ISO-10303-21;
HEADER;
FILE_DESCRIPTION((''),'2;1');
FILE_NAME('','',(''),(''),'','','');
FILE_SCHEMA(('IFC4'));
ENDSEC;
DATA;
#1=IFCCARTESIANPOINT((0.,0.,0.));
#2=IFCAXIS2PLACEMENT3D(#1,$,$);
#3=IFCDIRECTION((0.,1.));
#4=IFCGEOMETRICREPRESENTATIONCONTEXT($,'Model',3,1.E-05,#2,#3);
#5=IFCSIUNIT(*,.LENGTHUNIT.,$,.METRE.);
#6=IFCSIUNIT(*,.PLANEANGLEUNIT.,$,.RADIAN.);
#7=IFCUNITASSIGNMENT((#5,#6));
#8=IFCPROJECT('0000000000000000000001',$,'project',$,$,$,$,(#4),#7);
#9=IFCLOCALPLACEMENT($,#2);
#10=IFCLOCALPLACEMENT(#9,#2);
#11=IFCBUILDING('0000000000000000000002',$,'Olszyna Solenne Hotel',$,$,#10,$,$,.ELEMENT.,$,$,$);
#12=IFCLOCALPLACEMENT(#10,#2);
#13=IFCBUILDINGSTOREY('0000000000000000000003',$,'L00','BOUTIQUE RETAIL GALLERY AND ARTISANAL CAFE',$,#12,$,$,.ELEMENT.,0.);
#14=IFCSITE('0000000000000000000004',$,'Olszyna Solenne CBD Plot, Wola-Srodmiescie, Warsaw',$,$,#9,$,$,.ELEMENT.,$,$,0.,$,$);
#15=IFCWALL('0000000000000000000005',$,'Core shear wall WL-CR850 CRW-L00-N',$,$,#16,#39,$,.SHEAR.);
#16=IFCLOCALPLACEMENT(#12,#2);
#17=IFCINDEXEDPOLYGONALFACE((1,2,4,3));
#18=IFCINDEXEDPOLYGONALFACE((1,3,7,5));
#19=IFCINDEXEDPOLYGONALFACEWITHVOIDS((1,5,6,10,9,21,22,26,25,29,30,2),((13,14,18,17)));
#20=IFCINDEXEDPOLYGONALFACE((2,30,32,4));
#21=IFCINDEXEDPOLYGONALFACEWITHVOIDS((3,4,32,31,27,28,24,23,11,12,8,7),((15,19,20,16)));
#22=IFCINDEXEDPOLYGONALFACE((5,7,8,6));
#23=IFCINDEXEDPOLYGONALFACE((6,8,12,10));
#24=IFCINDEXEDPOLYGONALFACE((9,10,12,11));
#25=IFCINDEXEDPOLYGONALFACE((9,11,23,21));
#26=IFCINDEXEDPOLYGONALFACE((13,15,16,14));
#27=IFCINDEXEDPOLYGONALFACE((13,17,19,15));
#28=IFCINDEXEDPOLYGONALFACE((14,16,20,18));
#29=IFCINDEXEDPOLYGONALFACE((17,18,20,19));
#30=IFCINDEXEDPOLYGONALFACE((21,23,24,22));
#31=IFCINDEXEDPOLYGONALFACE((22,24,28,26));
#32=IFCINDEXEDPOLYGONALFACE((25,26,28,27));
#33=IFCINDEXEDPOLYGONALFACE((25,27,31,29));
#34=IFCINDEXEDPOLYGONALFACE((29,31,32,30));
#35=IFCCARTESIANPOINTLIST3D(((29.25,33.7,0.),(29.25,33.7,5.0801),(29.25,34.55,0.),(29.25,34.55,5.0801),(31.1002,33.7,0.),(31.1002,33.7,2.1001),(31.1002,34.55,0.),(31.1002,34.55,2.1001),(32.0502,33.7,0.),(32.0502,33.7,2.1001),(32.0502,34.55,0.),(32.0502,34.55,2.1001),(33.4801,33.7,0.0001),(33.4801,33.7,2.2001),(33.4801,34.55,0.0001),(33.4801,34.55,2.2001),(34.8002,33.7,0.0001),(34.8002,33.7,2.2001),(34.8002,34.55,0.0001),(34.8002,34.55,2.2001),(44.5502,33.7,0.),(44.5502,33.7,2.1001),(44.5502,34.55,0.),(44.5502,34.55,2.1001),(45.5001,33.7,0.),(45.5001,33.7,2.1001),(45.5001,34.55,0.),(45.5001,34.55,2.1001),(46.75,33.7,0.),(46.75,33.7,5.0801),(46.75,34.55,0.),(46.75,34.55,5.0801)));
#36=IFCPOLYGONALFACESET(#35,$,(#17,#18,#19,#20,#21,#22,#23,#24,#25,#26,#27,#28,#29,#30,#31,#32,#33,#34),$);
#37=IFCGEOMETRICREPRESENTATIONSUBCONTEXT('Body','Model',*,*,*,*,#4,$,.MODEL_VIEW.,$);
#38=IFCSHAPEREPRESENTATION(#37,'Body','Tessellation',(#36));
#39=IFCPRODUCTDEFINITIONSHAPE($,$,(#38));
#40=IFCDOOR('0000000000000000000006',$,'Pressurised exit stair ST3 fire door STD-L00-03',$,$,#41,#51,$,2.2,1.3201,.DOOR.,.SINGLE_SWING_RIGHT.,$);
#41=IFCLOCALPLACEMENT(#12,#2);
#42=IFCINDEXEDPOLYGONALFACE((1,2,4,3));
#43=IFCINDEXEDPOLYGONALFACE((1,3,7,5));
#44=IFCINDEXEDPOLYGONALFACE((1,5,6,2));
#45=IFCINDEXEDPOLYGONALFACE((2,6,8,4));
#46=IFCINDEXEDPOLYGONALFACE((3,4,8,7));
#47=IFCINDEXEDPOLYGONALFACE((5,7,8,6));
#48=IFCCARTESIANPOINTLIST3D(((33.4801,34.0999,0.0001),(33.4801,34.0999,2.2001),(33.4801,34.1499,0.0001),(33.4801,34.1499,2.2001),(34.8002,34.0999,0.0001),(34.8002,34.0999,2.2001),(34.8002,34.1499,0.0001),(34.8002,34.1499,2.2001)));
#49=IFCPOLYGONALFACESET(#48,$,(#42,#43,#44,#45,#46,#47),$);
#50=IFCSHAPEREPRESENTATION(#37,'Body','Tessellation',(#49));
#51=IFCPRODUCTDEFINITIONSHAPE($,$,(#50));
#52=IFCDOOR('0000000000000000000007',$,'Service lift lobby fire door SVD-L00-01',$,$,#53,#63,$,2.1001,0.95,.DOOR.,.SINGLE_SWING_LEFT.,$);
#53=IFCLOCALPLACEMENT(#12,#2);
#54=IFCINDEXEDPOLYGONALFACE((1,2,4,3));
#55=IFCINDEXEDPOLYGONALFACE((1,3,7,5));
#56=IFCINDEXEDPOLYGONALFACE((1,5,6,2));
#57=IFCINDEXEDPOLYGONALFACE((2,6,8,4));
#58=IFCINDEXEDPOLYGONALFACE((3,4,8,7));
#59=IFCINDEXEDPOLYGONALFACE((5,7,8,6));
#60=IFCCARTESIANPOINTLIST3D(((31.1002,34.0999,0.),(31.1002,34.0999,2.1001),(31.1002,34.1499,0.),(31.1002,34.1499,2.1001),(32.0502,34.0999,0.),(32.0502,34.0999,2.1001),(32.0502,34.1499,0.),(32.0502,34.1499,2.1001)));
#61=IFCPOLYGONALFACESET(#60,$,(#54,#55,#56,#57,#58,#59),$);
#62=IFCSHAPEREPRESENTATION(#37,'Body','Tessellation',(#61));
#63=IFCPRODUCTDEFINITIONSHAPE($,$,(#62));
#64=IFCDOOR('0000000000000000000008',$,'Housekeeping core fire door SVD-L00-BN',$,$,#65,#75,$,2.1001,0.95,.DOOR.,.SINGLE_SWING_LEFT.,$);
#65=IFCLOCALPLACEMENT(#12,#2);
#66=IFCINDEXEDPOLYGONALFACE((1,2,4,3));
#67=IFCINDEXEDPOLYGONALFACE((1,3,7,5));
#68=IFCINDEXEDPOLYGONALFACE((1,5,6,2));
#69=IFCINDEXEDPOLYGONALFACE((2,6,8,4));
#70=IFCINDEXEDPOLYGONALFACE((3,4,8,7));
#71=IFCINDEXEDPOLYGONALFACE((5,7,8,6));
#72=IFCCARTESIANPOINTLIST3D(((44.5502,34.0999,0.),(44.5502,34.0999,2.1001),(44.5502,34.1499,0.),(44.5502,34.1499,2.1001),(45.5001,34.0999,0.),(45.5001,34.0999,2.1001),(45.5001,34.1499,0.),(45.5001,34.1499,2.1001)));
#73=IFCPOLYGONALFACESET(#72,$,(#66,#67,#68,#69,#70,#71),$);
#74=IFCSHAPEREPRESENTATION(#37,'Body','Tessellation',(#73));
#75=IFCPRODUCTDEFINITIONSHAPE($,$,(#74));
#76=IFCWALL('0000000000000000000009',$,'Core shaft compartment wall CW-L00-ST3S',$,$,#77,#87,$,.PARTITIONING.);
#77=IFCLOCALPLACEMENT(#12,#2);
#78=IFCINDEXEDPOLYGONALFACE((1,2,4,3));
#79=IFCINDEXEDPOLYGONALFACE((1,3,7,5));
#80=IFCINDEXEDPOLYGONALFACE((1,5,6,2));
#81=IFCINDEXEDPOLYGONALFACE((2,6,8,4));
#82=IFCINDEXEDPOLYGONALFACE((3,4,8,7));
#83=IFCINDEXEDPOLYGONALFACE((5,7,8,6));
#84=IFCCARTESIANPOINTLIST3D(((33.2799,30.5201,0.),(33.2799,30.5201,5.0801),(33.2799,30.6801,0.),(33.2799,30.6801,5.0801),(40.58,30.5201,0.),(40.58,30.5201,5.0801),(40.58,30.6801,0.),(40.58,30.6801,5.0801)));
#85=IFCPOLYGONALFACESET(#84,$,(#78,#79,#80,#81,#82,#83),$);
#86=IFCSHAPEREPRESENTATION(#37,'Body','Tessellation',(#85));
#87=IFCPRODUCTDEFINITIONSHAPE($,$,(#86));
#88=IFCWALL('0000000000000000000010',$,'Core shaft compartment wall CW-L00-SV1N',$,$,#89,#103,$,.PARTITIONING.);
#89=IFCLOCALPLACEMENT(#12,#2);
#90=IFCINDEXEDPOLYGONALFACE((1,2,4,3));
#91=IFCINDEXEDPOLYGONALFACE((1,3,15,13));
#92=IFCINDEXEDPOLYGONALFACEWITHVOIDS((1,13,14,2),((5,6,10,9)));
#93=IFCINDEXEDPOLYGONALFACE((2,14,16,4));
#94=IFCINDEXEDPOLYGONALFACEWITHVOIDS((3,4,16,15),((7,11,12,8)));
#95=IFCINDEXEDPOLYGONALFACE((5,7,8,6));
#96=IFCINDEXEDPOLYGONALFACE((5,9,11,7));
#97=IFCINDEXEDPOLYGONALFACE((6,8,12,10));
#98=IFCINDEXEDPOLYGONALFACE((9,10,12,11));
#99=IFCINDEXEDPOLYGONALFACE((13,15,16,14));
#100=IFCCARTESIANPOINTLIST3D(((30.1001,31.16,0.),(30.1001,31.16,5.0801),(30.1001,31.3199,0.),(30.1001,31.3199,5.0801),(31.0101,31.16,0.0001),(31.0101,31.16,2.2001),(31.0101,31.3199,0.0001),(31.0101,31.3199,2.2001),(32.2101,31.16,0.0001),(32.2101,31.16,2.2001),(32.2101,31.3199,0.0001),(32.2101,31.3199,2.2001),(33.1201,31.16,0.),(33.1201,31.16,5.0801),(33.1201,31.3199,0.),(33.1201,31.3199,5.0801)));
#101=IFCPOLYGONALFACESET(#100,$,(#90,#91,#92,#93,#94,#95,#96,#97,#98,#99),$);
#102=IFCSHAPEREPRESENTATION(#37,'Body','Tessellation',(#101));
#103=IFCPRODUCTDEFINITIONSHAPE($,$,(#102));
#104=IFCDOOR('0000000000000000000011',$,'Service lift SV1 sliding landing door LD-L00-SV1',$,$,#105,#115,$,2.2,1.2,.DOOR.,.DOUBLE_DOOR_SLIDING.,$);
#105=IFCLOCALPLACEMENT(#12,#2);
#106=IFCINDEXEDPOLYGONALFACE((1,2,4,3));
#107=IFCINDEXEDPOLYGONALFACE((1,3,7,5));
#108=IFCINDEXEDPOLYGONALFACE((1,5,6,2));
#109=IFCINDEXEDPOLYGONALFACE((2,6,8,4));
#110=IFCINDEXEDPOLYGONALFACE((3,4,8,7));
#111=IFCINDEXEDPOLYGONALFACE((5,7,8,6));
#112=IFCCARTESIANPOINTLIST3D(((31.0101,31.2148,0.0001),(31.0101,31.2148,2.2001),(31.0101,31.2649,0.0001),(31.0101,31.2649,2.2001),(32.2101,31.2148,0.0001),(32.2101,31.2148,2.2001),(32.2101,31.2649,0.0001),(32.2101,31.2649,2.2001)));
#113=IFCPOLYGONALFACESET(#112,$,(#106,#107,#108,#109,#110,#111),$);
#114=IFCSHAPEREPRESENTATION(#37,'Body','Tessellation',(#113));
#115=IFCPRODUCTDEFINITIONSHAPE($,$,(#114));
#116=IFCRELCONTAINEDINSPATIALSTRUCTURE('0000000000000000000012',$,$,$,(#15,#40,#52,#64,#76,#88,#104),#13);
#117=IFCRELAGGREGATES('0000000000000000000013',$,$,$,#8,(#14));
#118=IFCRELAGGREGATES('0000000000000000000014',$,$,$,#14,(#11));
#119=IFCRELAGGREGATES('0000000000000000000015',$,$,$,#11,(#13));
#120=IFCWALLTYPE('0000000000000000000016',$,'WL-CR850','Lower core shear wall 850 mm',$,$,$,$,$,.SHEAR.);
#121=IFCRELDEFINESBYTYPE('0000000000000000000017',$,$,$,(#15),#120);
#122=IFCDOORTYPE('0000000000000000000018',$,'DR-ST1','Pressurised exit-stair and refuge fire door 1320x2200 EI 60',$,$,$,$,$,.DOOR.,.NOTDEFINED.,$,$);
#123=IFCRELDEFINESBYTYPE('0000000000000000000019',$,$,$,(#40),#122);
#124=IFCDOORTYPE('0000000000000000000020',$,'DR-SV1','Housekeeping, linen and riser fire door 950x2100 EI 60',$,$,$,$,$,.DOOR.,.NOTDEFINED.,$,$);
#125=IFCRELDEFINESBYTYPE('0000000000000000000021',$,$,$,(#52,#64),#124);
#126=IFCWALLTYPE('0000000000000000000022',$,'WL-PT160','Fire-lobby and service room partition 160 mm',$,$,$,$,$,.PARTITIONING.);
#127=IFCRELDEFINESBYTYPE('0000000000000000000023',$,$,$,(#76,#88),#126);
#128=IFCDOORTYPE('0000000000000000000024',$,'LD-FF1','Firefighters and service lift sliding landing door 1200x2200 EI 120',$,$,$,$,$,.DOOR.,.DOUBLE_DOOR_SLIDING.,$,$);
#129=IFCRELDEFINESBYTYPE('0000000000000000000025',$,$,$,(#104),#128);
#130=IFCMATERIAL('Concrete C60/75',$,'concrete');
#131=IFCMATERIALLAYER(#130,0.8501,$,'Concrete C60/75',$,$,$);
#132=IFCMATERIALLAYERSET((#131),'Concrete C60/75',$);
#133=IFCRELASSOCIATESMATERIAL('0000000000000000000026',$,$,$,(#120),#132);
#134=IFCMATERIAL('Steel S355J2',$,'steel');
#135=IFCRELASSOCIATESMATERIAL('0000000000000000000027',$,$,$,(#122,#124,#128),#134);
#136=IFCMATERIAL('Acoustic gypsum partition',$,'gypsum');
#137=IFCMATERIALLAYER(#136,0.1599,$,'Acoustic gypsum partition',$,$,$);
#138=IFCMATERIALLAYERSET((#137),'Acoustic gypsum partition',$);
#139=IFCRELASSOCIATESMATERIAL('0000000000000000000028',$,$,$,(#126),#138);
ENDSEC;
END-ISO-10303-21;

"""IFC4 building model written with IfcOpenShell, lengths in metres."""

from ifc_helpers import new_model, si_unit, direction, frame, frame_2d, origin, place, context, subcontext, project, spatial, rectangle, extrude, source, transform, mapped, material, layer, layer_set, type_object, type_shapes, element, fill, save


model = new_model("IFC4")

# Units and contexts
model_context = context("Model", 3, precision=1e-05, world=origin(), true_north=direction((0.0, 1.0)))
body_context = subcontext(model_context, "Body", "Model", "MODEL_VIEW")
ifc_project = project(units=[si_unit("LENGTHUNIT", "METRE"), si_unit("PLANEANGLEUNIT", "RADIAN")], contexts=[model_context])

# Site, building, storey
site_placement = place(None, origin())
site = spatial("IfcSite", under=ifc_project, at=site_placement, Name="Olszyna Solenne CBD Plot, Wola-Srodmiescie, Warsaw", CompositionType="ELEMENT", RefElevation=0.0)
building_placement = place(site_placement, origin())
building = spatial("IfcBuilding", under=site, at=building_placement, Name="Olszyna Solenne Hotel", CompositionType="ELEMENT")
storey_placement = place(building_placement, origin())
storey = spatial("IfcBuildingStorey", under=building, at=storey_placement, Name="L00", Description="BOUTIQUE RETAIL GALLERY AND ARTISANAL CAFE", CompositionType="ELEMENT", Elevation=0.0)

# Shared definitions
ifc_material_1 = material(Name="Concrete C60/75", Category="concrete")

# Shared definitions
ifc_material_2 = material(Name="Steel S355J2", Category="steel")

# Wall, openings, doors
ifc_layer_1 = layer(ifc_material_1, 0.8501, Name="Concrete C60/75")
ifc_layer_set_1 = layer_set([ifc_layer_1], Name="Concrete C60/75")
wall_type_1 = type_object("IfcWallType", Name="WL-CR850", Description="Lower core shear wall 850 mm", PredefinedType="SHEAR", material=ifc_layer_set_1)
wall_1_placement = place(storey_placement, frame((29.25, 34.125, 0.0), z_axis=(0.0, 0.0, 1.0), x_axis=(1.0, 0.0, 0.0)))
wall_1 = element("IfcWall", 1, at=wall_1_placement, inside=storey, type_object=wall_type_1, Name="Core shear wall WL-CR850 CRW-L00-N", PredefinedType="SHEAR", context=body_context, shape_type="SweptSolid", body=[
    extrude(rectangle(XDim=17.5, YDim=0.8501, at=frame_2d((8.75, 0.0))), origin(), (0.0, 0.0, 1.0), 5.0801),
])
opening_1_placement = place(wall_1_placement, frame((1.8501, 0.0, 0.0)))
opening_1 = element("IfcOpeningElement", 2, at=opening_1_placement, cuts=wall_1, PredefinedType="OPENING", context=body_context, shape_type="SweptSolid", body=[
    extrude(rectangle(XDim=0.95, YDim=2.1001, at=frame_2d((0.4751, 1.05))), frame((0.0, 0.4351, 0.0), z_axis=(0.0, -1.0, 0.0), x_axis=(1.0, 0.0, 0.0)), (0.0, 0.0, 1.0), 0.8701),
])
opening_2_placement = place(wall_1_placement, frame((4.23, 0.0, 0.0)))
opening_2 = element("IfcOpeningElement", 3, at=opening_2_placement, cuts=wall_1, PredefinedType="OPENING", context=body_context, shape_type="SweptSolid", body=[
    extrude(rectangle(XDim=1.3201, YDim=2.2, at=frame_2d((0.6602, 1.1001))), frame((0.0, 0.4351, 0.0), z_axis=(0.0, -1.0, 0.0), x_axis=(1.0, 0.0, 0.0)), (0.0, 0.0, 1.0), 0.8701),
])
opening_3_placement = place(wall_1_placement, frame((15.3, 0.0, 0.0)))
opening_3 = element("IfcOpeningElement", 4, at=opening_3_placement, cuts=wall_1, PredefinedType="OPENING", context=body_context, shape_type="SweptSolid", body=[
    extrude(rectangle(XDim=0.95, YDim=2.1001, at=frame_2d((0.4751, 1.05))), frame((0.0, 0.4351, 0.0), z_axis=(0.0, -1.0, 0.0), x_axis=(1.0, 0.0, 0.0)), (0.0, 0.0, 1.0), 0.8701),
])
door_type_1 = type_object("IfcDoorType", Name="DR-ST1", Description="Pressurised exit-stair and refuge fire door 1320x2200 EI 60", OperationType="NOTDEFINED", PredefinedType="DOOR", material=ifc_material_2)
shared_shape_1 = source(origin(), body_context, "Body", "SweptSolid", [
    extrude(rectangle(XDim=1.3201, YDim=2.2, at=frame_2d((0.6602, 1.1001))), frame((0.0, 0.0249, 0.0), z_axis=(0.0, -1.0, 0.0), x_axis=(1.0, 0.0, 0.0)), (0.0, 0.0, 1.0), 0.05),
])
type_shapes(door_type_1, [shared_shape_1])
door_1_placement = place(opening_2_placement, origin())
door_1 = element("IfcDoor", 5, at=door_1_placement, inside=storey, type_object=door_type_1, Name="Pressurised exit stair ST3 fire door STD-L00-03", OperationType="SINGLE_SWING_RIGHT", OverallHeight=2.2, OverallWidth=1.3201, PredefinedType="DOOR", context=body_context, shape_type="MappedRepresentation", body=[
    mapped(shared_shape_1, transform((0.0, 0.0, 0.0), x_axis=(1.0, 0.0, 0.0), y_axis=(0.0, 1.0, 0.0), z_axis=(0.0, 0.0, 1.0), scale=1.0)),
])
fill(opening_2, door_1)
door_type_2 = type_object("IfcDoorType", Name="DR-SV1", Description="Housekeeping, linen and riser fire door 950x2100 EI 60", OperationType="NOTDEFINED", PredefinedType="DOOR", material=ifc_material_2)
shared_shape_2 = source(origin(), body_context, "Body", "SweptSolid", [
    extrude(rectangle(XDim=0.95, YDim=2.1001, at=frame_2d((0.4751, 1.05))), frame((0.0, 0.0249, 0.0), z_axis=(0.0, -1.0, 0.0), x_axis=(1.0, 0.0, 0.0)), (0.0, 0.0, 1.0), 0.05),
])
type_shapes(door_type_2, [shared_shape_2])
door_2_placement = place(opening_1_placement, origin())
door_2 = element("IfcDoor", 6, at=door_2_placement, inside=storey, type_object=door_type_2, Name="Service lift lobby fire door SVD-L00-01", OperationType="SINGLE_SWING_LEFT", OverallHeight=2.1001, OverallWidth=0.95, PredefinedType="DOOR", context=body_context, shape_type="MappedRepresentation", body=[
    mapped(shared_shape_2, transform((0.0, 0.0, 0.0), x_axis=(1.0, 0.0, 0.0), y_axis=(0.0, 1.0, 0.0), z_axis=(0.0, 0.0, 1.0), scale=1.0)),
])
fill(opening_1, door_2)
door_3_placement = place(opening_3_placement, origin())
door_3 = element("IfcDoor", 7, at=door_3_placement, inside=storey, type_object=door_type_2, Name="Housekeeping core fire door SVD-L00-BN", OperationType="SINGLE_SWING_LEFT", OverallHeight=2.1001, OverallWidth=0.95, PredefinedType="DOOR", context=body_context, shape_type="MappedRepresentation", body=[
    mapped(shared_shape_2, transform((0.0, 0.0, 0.0), x_axis=(1.0, 0.0, 0.0), y_axis=(0.0, 1.0, 0.0), z_axis=(0.0, 0.0, 1.0), scale=1.0)),
])
fill(opening_3, door_3)

# Wall
ifc_material_3 = material(Name="Acoustic gypsum partition", Category="gypsum")
ifc_layer_2 = layer(ifc_material_3, 0.1599, Name="Acoustic gypsum partition")
ifc_layer_set_2 = layer_set([ifc_layer_2], Name="Acoustic gypsum partition")
wall_type_2 = type_object("IfcWallType", Name="WL-PT160", Description="Fire-lobby and service room partition 160 mm", PredefinedType="PARTITIONING", material=ifc_layer_set_2)
wall_2_placement = place(storey_placement, frame((33.28, 30.6001, 0.0), z_axis=(0.0, 0.0, 1.0), x_axis=(1.0, 0.0, 0.0)))
element("IfcWall", 8, at=wall_2_placement, inside=storey, type_object=wall_type_2, Name="Core shaft compartment wall CW-L00-ST3S", PredefinedType="PARTITIONING", context=body_context, shape_type="SweptSolid", body=[
    extrude(rectangle(XDim=7.3, YDim=0.1599, at=frame_2d((3.6499, 0.0))), origin(), (0.0, 0.0, 1.0), 5.0801),
])

# Wall, opening, door
wall_3_placement = place(storey_placement, frame((30.1001, 31.24, 0.0), z_axis=(0.0, 0.0, 1.0), x_axis=(1.0, 0.0, 0.0)))
wall_3 = element("IfcWall", 9, at=wall_3_placement, inside=storey, type_object=wall_type_2, Name="Core shaft compartment wall CW-L00-SV1N", PredefinedType="PARTITIONING", context=body_context, shape_type="SweptSolid", body=[
    extrude(rectangle(XDim=3.02, YDim=0.1599, at=frame_2d((1.51, 0.0))), origin(), (0.0, 0.0, 1.0), 5.0801),
])
opening_4_placement = place(wall_3_placement, frame((0.9099, 0.0, 0.0)))
opening_4 = element("IfcOpeningElement", 10, at=opening_4_placement, cuts=wall_3, PredefinedType="OPENING", context=body_context, shape_type="SweptSolid", body=[
    extrude(rectangle(XDim=1.2, YDim=2.2, at=frame_2d((0.6001, 1.1001))), frame((0.0, 0.0898, 0.0), z_axis=(0.0, -1.0, 0.0), x_axis=(1.0, 0.0, 0.0)), (0.0, 0.0, 1.0), 0.1799),
])
door_type_3 = type_object("IfcDoorType", Name="LD-FF1", Description="Firefighters and service lift sliding landing door 1200x2200 EI 120", OperationType="DOUBLE_DOOR_SLIDING", PredefinedType="DOOR", material=ifc_material_2)
shared_shape_3 = source(origin(), body_context, "Body", "SweptSolid", [
    extrude(rectangle(XDim=1.2, YDim=2.2, at=frame_2d((0.6001, 1.1001))), frame((0.0, 0.0249, 0.0), z_axis=(0.0, -1.0, 0.0), x_axis=(1.0, 0.0, 0.0)), (0.0, 0.0, 1.0), 0.05),
])
type_shapes(door_type_3, [shared_shape_3])
door_4_placement = place(opening_4_placement, origin())
door_4 = element("IfcDoor", 11, at=door_4_placement, inside=storey, type_object=door_type_3, Name="Service lift SV1 sliding landing door LD-L00-SV1", OperationType="DOUBLE_DOOR_SLIDING", OverallHeight=2.2, OverallWidth=1.2, PredefinedType="DOOR", context=body_context, shape_type="MappedRepresentation", body=[
    mapped(shared_shape_3, transform((0.0, 0.0, 0.0), x_axis=(1.0, 0.0, 0.0), y_axis=(0.0, 1.0, 0.0), z_axis=(0.0, 0.0, 1.0), scale=1.0)),
])
fill(opening_4, door_4)

save(model, "model.ifc")
